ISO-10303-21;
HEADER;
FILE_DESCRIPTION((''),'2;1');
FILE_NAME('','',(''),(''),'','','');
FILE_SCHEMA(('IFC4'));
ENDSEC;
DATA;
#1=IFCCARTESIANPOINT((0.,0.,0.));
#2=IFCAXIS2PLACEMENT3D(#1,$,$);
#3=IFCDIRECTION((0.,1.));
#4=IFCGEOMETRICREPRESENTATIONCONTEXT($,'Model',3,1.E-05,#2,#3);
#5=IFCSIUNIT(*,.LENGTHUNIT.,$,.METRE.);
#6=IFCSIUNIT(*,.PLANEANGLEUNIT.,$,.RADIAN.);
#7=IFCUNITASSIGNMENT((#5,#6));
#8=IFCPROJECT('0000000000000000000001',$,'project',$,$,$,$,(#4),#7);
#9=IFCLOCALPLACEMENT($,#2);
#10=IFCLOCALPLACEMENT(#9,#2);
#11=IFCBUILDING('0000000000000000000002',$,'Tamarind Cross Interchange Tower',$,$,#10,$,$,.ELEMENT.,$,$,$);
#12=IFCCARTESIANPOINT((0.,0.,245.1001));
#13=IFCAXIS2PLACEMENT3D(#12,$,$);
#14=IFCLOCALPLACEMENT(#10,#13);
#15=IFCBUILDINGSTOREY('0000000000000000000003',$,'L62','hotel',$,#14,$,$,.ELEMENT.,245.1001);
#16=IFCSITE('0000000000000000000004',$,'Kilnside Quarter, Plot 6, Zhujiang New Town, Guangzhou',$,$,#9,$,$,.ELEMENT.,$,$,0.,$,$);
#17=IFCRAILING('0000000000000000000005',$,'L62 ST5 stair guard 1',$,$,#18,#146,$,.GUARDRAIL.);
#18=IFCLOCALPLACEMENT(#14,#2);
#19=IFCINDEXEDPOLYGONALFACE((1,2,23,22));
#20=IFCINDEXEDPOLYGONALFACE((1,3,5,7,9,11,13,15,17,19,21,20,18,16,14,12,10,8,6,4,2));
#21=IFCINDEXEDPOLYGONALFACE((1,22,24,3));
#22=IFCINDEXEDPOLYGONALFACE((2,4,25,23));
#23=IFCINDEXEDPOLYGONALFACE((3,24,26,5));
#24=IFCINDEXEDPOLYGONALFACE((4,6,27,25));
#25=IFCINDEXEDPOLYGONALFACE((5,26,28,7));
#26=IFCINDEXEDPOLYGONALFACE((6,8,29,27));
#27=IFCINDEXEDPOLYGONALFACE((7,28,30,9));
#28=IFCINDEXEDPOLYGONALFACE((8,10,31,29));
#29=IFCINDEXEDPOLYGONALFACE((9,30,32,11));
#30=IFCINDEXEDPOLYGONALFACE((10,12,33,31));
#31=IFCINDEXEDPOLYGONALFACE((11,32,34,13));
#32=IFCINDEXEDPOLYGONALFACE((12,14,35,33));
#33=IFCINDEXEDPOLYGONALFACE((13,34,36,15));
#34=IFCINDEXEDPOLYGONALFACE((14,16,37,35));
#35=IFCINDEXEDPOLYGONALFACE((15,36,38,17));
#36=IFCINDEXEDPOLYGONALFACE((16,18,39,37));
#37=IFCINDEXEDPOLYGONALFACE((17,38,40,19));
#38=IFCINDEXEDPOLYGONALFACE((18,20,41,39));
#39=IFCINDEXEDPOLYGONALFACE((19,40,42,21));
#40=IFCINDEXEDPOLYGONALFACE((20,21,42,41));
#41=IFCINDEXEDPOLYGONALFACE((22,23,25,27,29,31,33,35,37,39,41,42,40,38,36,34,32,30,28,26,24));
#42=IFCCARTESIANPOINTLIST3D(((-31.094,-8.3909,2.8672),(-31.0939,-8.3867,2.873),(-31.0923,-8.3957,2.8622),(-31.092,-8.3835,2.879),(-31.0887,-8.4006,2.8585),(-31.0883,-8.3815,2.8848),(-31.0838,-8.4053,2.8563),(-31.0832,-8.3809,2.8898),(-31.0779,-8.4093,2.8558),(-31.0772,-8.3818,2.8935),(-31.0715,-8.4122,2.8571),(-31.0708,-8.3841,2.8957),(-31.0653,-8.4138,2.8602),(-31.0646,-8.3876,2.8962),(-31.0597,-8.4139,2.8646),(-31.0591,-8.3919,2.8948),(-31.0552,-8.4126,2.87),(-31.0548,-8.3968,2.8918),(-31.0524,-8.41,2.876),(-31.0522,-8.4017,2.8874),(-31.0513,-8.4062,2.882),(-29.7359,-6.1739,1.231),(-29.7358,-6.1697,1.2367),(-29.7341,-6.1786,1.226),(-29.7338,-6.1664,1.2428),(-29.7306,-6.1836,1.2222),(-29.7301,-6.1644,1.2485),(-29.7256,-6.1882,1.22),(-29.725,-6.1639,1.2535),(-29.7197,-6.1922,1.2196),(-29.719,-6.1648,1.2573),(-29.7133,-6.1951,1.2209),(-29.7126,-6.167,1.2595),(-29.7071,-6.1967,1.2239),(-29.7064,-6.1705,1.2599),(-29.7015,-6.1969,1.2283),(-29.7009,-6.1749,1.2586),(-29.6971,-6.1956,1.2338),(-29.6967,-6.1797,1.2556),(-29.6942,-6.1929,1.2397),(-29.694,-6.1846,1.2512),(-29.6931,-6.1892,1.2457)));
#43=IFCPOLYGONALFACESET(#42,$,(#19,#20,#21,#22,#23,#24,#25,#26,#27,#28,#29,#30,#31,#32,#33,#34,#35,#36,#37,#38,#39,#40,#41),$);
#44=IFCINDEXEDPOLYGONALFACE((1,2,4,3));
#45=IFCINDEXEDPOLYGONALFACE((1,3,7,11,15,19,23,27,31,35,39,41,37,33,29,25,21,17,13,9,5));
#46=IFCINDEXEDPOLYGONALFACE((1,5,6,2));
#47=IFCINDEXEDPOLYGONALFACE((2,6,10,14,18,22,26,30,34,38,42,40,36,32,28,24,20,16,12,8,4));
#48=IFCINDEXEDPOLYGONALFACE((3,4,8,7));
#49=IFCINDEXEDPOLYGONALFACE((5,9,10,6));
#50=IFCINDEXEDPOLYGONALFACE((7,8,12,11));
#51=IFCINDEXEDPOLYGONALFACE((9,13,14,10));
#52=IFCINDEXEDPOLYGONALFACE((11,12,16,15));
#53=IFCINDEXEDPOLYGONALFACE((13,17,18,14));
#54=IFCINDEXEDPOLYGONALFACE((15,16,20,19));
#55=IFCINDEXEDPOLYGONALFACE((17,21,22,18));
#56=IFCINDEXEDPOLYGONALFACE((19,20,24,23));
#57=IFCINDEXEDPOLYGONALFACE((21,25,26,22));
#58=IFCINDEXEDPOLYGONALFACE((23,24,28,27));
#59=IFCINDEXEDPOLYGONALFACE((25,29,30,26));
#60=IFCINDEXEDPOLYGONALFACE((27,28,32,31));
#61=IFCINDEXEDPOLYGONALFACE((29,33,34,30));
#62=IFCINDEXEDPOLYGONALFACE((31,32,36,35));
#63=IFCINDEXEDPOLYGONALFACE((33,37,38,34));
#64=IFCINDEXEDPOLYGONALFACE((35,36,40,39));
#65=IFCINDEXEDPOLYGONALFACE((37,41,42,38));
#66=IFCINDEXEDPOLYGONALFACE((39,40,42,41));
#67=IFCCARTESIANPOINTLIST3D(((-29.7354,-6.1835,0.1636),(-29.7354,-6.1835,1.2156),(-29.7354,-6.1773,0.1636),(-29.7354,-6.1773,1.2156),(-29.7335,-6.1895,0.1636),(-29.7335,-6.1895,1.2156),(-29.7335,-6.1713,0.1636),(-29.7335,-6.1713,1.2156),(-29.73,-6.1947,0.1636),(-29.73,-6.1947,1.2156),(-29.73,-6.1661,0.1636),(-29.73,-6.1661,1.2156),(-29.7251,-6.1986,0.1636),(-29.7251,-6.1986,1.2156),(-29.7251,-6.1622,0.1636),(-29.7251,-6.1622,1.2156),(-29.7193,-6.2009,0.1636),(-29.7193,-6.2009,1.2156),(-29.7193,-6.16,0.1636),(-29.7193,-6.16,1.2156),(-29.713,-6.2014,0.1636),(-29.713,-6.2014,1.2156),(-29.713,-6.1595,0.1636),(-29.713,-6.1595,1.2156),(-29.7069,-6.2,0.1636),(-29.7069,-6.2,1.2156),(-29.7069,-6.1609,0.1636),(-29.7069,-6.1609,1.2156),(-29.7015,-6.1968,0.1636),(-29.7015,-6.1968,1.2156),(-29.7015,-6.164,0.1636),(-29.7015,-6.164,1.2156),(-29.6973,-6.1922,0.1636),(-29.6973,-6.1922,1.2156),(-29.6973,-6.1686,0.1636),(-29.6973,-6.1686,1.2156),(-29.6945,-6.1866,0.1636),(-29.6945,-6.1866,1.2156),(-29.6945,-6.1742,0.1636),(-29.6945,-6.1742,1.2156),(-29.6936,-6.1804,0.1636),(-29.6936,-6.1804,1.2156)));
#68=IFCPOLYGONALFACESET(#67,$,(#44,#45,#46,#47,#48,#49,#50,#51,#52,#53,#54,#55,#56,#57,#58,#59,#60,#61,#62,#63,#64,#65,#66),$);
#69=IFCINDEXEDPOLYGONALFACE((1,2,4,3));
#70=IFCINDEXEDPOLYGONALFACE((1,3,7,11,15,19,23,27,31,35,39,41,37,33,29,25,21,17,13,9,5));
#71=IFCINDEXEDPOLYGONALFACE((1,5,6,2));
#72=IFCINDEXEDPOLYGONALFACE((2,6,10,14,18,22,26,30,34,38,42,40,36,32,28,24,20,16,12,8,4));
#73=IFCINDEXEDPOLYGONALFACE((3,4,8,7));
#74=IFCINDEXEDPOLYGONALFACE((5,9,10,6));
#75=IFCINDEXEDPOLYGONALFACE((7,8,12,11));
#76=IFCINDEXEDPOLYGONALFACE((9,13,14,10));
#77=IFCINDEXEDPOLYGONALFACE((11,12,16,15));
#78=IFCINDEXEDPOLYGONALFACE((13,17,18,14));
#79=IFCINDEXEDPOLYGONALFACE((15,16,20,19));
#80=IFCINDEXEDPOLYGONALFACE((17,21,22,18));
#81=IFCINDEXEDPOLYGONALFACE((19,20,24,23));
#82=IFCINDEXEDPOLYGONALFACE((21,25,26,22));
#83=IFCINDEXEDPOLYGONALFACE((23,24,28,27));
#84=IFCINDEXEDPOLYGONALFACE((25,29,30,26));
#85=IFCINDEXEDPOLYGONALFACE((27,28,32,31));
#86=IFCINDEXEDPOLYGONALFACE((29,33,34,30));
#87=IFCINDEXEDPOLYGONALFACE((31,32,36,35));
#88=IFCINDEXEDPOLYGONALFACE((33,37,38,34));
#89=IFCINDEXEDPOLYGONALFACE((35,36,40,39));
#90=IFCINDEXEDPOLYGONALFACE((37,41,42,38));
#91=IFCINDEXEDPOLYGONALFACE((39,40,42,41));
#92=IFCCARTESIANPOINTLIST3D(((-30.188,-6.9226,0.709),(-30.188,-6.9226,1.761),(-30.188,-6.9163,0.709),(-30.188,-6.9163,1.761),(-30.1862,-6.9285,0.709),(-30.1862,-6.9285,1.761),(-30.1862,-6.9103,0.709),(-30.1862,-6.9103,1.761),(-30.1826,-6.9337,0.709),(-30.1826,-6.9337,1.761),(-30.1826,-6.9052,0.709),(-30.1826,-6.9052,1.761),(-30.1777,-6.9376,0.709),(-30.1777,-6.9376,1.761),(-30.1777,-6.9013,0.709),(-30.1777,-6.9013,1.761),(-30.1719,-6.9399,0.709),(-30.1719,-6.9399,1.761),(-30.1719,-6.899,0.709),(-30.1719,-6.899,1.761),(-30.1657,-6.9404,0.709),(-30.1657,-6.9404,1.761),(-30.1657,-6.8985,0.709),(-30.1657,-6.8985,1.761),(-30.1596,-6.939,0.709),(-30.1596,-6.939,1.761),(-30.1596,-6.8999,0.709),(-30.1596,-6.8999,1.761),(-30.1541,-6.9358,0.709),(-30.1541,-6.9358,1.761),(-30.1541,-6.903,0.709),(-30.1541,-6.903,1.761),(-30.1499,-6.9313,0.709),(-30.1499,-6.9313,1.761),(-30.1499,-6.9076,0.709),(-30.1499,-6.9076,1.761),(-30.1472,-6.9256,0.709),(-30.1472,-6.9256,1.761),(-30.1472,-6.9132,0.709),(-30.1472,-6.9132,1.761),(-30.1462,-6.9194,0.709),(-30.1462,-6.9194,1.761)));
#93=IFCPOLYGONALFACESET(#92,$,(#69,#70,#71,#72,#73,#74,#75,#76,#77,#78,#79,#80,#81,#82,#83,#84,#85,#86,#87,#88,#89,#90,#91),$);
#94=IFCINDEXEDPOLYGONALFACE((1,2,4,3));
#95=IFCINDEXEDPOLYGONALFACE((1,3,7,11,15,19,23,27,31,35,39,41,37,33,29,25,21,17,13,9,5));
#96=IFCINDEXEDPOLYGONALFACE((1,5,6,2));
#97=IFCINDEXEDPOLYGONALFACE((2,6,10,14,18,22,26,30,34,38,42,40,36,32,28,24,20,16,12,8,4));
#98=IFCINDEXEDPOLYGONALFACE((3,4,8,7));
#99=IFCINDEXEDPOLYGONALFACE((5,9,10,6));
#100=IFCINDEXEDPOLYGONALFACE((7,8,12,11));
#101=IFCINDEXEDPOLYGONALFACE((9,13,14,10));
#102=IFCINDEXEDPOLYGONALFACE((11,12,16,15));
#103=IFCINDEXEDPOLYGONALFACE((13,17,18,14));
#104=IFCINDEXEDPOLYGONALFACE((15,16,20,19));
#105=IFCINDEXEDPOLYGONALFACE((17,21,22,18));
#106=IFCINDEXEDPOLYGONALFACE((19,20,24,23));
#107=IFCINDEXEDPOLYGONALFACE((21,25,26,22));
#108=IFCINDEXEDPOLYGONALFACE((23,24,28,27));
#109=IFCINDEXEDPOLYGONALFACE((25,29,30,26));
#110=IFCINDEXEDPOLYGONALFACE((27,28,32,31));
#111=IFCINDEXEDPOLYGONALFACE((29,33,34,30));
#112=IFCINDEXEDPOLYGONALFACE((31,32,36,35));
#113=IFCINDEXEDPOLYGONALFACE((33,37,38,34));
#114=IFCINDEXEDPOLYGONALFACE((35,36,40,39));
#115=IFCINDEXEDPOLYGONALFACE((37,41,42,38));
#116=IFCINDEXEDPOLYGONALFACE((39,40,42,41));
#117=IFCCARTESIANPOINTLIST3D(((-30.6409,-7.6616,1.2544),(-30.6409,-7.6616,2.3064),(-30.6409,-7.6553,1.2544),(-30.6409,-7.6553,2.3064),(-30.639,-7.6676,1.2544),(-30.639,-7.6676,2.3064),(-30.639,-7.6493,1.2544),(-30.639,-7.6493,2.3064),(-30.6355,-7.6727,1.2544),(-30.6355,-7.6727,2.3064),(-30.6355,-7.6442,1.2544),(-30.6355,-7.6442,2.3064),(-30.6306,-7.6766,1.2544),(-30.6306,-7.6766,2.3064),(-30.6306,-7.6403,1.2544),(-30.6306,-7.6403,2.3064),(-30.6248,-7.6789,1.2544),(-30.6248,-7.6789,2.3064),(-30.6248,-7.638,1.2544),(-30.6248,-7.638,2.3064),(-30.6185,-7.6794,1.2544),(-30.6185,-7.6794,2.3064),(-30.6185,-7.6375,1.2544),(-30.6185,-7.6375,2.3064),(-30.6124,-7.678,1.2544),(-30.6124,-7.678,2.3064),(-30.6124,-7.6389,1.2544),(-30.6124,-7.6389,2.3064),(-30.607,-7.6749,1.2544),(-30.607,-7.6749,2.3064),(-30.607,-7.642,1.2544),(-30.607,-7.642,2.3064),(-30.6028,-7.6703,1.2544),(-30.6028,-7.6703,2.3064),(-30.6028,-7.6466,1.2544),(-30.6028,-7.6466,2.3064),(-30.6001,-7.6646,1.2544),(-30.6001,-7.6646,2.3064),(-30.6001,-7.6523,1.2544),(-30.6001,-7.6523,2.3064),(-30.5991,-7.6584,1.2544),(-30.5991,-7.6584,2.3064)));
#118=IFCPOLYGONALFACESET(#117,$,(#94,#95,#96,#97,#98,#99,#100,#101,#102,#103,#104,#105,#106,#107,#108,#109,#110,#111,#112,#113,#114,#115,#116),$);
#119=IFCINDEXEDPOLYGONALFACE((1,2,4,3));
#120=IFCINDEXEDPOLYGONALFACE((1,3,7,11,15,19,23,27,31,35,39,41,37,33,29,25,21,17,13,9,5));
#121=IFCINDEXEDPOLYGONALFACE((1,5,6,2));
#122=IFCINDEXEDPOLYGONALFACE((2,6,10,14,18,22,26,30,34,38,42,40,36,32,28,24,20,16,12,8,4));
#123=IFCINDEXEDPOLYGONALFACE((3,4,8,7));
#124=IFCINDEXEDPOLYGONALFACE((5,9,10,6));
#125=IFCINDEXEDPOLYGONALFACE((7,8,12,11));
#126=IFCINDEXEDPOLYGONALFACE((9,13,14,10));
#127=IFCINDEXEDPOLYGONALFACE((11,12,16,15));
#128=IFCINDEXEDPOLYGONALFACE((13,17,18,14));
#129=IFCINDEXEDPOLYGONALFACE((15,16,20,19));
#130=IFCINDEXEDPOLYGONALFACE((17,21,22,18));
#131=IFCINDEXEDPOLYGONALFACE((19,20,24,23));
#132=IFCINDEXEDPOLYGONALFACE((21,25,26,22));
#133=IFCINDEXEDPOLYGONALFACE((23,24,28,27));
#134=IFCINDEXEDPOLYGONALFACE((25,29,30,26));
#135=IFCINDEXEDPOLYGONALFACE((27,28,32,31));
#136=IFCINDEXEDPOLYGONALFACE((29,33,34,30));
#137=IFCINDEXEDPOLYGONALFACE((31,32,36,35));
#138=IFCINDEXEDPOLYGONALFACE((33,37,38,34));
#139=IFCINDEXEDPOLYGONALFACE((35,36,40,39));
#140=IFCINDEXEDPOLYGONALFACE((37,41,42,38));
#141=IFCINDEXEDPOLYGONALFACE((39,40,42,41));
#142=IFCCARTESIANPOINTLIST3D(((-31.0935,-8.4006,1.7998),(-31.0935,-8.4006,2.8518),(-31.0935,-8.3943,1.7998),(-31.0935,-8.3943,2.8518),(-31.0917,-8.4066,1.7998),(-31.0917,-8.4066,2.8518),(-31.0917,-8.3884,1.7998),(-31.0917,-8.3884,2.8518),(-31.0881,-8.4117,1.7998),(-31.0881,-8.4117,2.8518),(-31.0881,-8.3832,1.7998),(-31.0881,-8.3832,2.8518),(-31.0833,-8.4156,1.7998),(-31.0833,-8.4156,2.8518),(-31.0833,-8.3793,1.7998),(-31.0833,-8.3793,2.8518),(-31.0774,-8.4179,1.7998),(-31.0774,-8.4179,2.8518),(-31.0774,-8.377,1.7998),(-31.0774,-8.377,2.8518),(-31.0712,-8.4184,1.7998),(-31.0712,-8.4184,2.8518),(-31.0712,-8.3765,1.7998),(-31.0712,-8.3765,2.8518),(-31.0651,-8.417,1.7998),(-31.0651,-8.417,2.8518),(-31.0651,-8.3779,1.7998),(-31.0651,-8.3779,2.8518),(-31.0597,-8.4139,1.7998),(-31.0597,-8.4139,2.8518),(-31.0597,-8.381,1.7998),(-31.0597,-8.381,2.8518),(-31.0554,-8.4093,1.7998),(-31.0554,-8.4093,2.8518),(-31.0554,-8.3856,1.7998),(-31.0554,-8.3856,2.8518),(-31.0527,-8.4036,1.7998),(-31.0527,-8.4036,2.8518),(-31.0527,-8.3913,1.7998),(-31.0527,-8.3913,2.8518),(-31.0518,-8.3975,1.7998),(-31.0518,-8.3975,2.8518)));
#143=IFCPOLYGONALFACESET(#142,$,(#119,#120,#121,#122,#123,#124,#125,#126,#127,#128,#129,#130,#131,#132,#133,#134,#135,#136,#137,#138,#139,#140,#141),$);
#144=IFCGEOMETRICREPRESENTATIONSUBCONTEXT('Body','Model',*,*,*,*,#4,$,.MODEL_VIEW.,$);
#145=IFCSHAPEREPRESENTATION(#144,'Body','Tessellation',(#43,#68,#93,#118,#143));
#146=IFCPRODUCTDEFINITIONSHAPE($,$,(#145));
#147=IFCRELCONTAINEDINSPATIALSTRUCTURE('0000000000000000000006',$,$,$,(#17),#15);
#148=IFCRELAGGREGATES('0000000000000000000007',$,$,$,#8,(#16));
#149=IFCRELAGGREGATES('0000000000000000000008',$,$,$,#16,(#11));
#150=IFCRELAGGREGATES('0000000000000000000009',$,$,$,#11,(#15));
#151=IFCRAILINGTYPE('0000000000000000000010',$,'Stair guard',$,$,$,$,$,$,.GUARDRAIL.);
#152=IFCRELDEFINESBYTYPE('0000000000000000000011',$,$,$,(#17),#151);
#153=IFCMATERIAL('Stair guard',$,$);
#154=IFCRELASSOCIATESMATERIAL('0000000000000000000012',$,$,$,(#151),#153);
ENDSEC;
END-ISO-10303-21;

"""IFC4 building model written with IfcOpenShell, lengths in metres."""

from ifc_helpers import new_model, si_unit, direction, frame, origin, origin_2d, place, context, subcontext, project, spatial, circle, extrude, material, type_object, element, save


model = new_model("IFC4")

# Units and contexts
model_context = context("Model", 3, precision=1e-05, world=origin(), true_north=direction((0.0, 1.0)))
body_context = subcontext(model_context, "Body", "Model", "MODEL_VIEW")
ifc_project = project(units=[si_unit("LENGTHUNIT", "METRE"), si_unit("PLANEANGLEUNIT", "RADIAN")], contexts=[model_context])

# Site, building, storey
site_placement = place(None, origin())
site = spatial("IfcSite", under=ifc_project, at=site_placement, Name="Kilnside Quarter, Plot 6, Zhujiang New Town, Guangzhou", CompositionType="ELEMENT", RefElevation=0.0)
building_placement = place(site_placement, origin())
building = spatial("IfcBuilding", under=site, at=building_placement, Name="Tamarind Cross Interchange Tower", CompositionType="ELEMENT")
storey_placement = place(building_placement, frame((0.0, 0.0, 245.1001)))
storey = spatial("IfcBuildingStorey", under=building, at=storey_placement, Name="L62", Description="hotel", CompositionType="ELEMENT", Elevation=245.1001)

# Railing
ifc_material_1 = material(Name="Stair guard")
railing_type_1 = type_object("IfcRailingType", Name="Stair guard", PredefinedType="GUARDRAIL", material=ifc_material_1)
railing_1_placement = place(storey_placement, frame((-29.7146, -6.1804, 0.1636)))
element("IfcRailing", 1, at=railing_1_placement, inside=storey, type_object=railing_type_1, Name="L62 ST5 stair guard 1", PredefinedType="GUARDRAIL", context=body_context, shape_type="SweptSolid", body=[
    extrude(circle(Radius=0.0239, at=origin_2d()), frame((0.0, 0.0, 1.0762), z_axis=(-0.442109, -0.721696, 0.532629), x_axis=(0.852717, -0.522373, 0.0)), (0.0, 0.0, 1.0), 3.072),
    extrude(circle(Radius=0.021, at=origin_2d()), origin(), (0.0, 0.0, 1.0), 1.052),
    extrude(circle(Radius=0.021, at=origin_2d()), frame((-0.4526, -0.739, 0.5454)), (0.0, 0.0, 1.0), 1.052),
    extrude(circle(Radius=0.021, at=origin_2d()), frame((-0.9055, -1.478, 1.0908)), (0.0, 0.0, 1.0), 1.052),
    extrude(circle(Radius=0.021, at=origin_2d()), frame((-1.3582, -2.217, 1.6362)), (0.0, 0.0, 1.0), 1.052),
])

save(model, "model.ifc")
